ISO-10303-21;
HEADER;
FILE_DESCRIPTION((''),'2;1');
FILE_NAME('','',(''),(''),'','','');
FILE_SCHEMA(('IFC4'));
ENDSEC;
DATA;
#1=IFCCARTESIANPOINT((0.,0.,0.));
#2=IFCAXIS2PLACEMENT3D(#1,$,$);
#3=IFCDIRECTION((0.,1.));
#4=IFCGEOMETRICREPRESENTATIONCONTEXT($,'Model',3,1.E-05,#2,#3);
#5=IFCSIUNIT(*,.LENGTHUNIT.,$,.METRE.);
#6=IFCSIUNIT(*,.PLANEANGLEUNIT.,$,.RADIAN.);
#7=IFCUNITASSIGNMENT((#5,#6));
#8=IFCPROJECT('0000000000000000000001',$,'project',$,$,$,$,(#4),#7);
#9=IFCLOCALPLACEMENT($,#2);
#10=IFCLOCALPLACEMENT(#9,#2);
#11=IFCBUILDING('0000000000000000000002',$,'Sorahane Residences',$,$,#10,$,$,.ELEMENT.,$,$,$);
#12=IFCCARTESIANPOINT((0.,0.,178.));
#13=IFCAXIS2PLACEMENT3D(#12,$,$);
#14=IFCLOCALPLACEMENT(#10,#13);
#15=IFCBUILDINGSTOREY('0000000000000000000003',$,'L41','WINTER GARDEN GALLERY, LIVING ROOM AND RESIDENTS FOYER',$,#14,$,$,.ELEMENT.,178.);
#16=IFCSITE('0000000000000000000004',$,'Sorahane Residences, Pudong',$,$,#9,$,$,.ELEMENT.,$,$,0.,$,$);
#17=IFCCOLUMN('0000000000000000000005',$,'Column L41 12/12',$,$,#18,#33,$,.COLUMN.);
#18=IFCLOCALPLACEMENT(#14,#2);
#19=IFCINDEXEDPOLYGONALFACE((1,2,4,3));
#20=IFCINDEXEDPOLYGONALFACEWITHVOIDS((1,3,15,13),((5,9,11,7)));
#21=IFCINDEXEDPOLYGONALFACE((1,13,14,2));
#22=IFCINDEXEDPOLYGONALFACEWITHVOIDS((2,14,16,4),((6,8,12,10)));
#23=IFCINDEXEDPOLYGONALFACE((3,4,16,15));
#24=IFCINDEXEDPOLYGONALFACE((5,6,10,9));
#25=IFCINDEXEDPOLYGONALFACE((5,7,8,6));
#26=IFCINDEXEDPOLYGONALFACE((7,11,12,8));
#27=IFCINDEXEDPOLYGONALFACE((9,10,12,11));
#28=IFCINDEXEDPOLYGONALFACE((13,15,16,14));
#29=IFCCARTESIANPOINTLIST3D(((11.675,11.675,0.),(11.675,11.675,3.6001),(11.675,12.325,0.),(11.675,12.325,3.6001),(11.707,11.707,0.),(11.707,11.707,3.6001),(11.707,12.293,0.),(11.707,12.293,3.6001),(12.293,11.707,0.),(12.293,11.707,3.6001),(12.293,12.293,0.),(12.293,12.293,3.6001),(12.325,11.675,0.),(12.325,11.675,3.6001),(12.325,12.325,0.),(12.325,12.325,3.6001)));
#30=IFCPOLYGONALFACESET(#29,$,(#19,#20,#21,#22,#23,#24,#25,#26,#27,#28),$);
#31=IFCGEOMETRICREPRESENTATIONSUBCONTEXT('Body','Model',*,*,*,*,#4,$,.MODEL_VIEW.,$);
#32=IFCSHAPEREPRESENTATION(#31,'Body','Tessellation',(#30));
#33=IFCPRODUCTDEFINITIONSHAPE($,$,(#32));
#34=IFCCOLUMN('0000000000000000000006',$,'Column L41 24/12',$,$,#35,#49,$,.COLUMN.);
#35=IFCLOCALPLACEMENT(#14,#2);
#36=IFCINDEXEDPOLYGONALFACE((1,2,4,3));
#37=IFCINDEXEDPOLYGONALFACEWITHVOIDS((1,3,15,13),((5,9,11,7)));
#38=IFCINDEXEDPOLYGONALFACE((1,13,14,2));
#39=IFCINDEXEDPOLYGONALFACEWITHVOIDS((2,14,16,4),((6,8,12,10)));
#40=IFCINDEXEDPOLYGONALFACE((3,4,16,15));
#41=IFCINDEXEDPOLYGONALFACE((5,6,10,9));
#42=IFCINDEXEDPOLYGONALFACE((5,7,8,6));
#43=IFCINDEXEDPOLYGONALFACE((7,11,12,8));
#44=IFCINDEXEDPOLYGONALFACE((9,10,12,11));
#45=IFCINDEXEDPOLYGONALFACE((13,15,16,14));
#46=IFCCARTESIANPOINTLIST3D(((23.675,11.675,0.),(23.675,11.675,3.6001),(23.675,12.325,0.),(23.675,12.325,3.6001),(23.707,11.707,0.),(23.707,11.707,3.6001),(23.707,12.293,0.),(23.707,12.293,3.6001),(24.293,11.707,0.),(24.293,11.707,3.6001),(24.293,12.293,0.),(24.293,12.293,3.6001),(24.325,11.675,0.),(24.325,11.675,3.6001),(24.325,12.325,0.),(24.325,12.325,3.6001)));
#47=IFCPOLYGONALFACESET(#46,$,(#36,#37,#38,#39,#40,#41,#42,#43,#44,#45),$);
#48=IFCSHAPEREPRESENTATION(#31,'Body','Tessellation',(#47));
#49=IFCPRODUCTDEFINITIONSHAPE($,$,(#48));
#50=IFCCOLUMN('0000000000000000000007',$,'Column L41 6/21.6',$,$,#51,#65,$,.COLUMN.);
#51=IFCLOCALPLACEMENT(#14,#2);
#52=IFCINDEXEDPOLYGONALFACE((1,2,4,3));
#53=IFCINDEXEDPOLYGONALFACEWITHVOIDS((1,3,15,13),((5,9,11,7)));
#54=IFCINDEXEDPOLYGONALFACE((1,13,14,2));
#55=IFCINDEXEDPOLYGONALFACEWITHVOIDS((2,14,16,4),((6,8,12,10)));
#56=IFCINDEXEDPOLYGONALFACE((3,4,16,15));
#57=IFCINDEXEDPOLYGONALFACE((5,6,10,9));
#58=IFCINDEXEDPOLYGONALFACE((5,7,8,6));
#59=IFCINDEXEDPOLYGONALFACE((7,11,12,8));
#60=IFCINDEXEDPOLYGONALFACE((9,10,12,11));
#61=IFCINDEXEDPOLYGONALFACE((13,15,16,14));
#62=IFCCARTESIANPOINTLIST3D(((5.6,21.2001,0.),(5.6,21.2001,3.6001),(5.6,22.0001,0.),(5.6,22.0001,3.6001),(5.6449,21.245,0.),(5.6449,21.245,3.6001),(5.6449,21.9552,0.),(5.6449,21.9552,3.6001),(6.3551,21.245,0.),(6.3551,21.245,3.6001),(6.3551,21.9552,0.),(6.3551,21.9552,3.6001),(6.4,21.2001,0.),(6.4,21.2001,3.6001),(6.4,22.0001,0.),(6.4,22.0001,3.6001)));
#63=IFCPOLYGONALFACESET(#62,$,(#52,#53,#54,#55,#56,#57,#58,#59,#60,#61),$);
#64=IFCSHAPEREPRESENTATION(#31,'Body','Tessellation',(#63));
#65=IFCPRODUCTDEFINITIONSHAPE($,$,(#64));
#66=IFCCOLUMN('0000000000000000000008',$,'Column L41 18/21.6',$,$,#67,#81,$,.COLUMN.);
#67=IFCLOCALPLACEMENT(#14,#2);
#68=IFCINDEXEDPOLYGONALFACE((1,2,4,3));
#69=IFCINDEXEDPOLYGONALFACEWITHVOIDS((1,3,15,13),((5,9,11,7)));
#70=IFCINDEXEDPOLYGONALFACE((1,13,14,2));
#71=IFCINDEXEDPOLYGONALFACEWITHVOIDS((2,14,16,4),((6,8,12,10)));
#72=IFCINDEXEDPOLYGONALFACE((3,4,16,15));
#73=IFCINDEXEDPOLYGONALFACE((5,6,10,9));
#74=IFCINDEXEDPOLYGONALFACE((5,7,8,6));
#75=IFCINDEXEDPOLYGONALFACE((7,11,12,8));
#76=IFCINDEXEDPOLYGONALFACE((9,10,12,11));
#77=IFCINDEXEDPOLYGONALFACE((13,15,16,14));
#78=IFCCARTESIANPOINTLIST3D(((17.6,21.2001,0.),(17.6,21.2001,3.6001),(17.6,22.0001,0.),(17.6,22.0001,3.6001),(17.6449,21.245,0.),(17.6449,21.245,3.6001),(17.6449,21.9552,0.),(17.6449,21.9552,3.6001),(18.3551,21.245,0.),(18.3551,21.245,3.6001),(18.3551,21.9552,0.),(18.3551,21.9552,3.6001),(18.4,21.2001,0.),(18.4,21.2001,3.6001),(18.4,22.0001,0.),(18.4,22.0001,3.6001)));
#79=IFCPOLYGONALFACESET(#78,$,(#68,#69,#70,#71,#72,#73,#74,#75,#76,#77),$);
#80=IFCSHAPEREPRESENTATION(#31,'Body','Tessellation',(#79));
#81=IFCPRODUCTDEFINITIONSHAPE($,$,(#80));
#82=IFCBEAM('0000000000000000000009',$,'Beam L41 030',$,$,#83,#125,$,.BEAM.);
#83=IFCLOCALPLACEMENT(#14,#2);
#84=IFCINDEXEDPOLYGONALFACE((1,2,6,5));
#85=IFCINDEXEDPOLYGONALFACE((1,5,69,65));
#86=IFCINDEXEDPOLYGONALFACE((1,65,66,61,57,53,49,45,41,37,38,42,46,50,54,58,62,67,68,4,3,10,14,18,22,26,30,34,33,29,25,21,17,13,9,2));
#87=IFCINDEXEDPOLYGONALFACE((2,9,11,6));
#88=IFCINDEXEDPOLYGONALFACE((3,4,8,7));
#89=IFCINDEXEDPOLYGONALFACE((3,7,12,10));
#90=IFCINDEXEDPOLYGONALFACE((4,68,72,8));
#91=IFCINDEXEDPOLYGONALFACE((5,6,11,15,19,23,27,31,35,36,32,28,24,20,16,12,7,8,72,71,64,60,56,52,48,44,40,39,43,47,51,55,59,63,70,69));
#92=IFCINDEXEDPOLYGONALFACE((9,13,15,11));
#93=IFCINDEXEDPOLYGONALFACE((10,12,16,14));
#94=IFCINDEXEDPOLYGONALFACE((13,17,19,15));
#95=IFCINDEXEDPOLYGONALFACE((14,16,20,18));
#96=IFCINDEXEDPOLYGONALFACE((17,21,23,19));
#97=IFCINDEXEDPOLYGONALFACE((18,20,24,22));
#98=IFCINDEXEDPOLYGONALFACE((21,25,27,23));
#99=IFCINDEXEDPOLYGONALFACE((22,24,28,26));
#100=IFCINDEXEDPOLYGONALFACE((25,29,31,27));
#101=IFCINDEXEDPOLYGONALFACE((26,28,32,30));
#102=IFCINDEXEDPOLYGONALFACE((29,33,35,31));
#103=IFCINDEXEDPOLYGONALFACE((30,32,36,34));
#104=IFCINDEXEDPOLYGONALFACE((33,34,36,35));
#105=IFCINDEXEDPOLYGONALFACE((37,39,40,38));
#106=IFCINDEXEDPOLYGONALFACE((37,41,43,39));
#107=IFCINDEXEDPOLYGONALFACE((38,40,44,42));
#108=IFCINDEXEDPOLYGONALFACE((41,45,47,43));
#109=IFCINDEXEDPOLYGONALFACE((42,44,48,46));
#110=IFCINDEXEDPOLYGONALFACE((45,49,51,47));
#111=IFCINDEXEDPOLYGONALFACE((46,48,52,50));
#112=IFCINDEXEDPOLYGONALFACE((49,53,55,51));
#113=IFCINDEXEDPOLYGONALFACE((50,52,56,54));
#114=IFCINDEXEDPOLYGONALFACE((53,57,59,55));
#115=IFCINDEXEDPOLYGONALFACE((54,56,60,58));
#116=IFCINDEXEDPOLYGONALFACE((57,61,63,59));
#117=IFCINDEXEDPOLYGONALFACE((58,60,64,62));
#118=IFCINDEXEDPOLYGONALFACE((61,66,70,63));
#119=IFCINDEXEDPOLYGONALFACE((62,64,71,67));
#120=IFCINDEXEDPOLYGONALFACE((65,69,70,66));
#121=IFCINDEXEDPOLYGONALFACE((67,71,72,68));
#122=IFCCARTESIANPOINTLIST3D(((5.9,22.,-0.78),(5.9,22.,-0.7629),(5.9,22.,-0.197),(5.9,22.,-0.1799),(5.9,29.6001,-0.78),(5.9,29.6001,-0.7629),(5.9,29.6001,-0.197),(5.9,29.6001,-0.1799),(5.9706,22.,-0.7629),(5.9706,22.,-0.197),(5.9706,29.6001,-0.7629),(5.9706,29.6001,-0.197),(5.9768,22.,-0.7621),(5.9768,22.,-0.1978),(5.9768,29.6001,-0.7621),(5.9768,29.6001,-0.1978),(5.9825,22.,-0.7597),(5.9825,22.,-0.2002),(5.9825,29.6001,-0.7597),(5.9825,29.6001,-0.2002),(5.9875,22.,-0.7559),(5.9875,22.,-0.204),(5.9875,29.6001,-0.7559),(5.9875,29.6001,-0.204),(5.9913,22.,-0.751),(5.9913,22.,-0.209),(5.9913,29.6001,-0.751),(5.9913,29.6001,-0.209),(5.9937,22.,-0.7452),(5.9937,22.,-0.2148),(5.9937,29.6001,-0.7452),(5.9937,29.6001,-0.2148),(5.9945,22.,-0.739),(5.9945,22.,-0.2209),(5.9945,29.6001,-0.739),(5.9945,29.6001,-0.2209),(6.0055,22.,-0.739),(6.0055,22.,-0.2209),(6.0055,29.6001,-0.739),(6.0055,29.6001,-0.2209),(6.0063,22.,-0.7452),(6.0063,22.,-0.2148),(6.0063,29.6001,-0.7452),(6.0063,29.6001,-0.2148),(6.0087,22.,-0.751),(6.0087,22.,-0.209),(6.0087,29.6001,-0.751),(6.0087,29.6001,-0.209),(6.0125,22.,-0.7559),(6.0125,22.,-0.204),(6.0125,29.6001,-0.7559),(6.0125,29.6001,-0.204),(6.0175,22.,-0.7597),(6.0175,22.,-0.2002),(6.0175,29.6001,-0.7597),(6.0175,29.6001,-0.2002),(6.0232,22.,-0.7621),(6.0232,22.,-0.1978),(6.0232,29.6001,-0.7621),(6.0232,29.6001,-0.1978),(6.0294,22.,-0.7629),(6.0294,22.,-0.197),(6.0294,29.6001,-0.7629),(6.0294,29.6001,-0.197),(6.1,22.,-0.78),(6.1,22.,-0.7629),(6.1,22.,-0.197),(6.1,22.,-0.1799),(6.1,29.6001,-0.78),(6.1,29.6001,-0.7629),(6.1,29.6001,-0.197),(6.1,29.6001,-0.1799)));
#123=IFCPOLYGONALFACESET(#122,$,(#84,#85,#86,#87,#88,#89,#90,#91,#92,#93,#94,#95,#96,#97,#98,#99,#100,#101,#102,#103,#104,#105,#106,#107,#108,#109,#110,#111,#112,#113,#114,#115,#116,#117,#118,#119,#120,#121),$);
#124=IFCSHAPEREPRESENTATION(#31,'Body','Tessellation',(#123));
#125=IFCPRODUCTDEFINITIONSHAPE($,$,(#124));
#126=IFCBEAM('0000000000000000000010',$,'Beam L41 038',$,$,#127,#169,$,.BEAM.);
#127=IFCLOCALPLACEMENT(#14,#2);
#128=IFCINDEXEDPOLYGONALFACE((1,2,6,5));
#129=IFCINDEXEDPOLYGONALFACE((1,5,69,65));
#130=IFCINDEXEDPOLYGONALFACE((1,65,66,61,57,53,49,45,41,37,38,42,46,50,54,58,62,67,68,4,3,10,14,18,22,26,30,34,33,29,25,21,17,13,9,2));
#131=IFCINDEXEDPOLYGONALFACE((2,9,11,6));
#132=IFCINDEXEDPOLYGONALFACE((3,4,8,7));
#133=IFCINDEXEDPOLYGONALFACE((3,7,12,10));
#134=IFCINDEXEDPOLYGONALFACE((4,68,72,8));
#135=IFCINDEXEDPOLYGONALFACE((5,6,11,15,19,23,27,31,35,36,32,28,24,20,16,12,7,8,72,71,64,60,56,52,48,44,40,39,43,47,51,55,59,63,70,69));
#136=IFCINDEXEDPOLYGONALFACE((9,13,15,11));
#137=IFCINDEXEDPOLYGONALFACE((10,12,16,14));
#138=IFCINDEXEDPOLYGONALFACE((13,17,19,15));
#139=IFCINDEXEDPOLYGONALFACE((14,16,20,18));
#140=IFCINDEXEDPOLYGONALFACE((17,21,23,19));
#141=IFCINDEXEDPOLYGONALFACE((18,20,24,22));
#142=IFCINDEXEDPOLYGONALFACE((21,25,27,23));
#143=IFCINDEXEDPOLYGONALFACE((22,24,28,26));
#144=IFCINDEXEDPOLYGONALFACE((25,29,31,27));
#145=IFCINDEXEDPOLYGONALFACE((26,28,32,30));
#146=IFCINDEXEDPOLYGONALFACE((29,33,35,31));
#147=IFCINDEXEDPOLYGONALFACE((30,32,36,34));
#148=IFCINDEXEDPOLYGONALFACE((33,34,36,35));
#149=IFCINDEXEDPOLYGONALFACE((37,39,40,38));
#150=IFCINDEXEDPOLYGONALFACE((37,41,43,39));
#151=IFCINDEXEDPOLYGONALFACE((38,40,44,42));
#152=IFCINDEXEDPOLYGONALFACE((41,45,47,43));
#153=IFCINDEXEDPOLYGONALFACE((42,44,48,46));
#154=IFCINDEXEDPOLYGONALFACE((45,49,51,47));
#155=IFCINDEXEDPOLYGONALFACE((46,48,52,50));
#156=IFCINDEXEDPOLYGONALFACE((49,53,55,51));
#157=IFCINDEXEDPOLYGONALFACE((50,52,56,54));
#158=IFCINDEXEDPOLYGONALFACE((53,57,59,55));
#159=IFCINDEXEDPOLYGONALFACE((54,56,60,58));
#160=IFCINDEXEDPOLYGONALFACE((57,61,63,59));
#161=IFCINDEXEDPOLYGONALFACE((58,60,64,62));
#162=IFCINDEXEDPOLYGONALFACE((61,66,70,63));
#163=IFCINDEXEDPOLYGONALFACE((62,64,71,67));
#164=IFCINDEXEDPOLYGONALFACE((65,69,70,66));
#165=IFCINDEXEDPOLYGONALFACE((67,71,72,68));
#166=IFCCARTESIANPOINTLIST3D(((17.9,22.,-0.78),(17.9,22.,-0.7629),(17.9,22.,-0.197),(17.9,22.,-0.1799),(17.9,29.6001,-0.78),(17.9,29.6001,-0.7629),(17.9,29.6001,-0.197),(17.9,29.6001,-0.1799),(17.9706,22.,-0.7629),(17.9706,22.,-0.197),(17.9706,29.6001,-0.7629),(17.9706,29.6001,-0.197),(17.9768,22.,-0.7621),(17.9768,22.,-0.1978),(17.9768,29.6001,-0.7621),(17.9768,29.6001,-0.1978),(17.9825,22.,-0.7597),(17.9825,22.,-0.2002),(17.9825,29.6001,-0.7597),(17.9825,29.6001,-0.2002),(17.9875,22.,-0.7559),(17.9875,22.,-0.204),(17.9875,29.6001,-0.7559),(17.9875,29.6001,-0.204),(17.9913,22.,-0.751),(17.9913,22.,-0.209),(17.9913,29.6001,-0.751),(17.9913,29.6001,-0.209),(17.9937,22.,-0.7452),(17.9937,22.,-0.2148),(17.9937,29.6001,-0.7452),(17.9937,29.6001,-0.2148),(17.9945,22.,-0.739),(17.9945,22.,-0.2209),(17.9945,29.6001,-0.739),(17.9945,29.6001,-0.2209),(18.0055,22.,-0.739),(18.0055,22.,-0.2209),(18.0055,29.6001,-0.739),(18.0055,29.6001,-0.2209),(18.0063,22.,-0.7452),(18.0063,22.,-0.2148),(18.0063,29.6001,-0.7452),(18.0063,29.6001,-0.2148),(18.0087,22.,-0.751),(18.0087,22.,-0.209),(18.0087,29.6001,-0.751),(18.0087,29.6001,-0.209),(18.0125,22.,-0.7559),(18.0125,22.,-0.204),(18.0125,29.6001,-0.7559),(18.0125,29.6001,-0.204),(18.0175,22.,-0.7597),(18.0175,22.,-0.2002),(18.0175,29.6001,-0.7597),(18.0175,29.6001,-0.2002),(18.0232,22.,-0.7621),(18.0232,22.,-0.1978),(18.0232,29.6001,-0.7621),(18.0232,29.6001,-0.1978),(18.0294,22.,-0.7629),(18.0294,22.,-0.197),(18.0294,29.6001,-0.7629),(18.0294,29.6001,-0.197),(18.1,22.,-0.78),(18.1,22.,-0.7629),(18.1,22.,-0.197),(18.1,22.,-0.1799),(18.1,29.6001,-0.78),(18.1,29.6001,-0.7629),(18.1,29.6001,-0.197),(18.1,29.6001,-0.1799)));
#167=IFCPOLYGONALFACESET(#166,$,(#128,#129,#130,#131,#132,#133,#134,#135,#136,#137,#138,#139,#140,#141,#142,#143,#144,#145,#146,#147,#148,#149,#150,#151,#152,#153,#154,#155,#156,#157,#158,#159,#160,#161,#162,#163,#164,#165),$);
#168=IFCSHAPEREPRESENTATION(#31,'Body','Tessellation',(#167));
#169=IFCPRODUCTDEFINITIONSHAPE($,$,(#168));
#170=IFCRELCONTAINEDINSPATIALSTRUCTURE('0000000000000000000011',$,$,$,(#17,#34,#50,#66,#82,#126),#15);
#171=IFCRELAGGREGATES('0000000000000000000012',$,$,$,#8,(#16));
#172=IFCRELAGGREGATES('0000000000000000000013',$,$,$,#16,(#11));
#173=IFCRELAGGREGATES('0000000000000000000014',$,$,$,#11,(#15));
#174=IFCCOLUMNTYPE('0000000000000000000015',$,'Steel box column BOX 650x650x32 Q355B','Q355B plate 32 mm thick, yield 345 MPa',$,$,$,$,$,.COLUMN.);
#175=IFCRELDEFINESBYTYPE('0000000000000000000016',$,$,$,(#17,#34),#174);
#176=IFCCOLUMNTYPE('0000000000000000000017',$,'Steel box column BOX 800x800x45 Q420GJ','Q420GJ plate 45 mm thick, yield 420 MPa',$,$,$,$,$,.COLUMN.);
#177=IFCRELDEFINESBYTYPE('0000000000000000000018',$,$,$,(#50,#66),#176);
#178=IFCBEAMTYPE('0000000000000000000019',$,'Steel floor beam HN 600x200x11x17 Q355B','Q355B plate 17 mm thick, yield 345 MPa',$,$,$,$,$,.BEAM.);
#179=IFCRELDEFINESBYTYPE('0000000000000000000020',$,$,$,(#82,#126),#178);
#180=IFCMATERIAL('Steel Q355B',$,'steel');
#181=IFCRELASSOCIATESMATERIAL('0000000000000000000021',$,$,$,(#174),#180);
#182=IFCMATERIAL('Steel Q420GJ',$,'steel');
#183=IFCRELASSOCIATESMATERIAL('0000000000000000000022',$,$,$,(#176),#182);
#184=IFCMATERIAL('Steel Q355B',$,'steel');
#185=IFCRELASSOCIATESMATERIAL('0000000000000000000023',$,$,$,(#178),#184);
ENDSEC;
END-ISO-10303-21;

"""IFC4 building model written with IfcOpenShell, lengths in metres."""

from ifc_helpers import new_model, si_unit, direction, frame, origin, origin_2d, place, context, subcontext, project, spatial, hollow_rectangle, i_section, extrude, material, material_profile, profile_set, type_object, element, save


model = new_model("IFC4")

# Units and contexts
model_context = context("Model", 3, precision=1e-05, world=origin(), true_north=direction((0.0, 1.0)))
body_context = subcontext(model_context, "Body", "Model", "MODEL_VIEW")
ifc_project = project(units=[si_unit("LENGTHUNIT", "METRE"), si_unit("PLANEANGLEUNIT", "RADIAN")], contexts=[model_context])

# Site, building, storey
site_placement = place(None, origin())
site = spatial("IfcSite", under=ifc_project, at=site_placement, Name="Sorahane Residences, Pudong", CompositionType="ELEMENT", RefElevation=0.0)
building_placement = place(site_placement, origin())
building = spatial("IfcBuilding", under=site, at=building_placement, Name="Sorahane Residences", CompositionType="ELEMENT")
storey_placement = place(building_placement, frame((0.0, 0.0, 178.0)))
storey = spatial("IfcBuildingStorey", under=building, at=storey_placement, Name="L41", Description="WINTER GARDEN GALLERY, LIVING ROOM AND RESIDENTS FOYER", CompositionType="ELEMENT", Elevation=178.0)

# Columns
ifc_material_1 = material(Name="Steel Q355B", Category="steel")
ifc_material_profile_1 = material_profile(ifc_material_1, hollow_rectangle(XDim=0.6499, YDim=0.6499, WallThickness=0.032, at=origin_2d()), Name="BOX 650x650x32")
ifc_profile_set_1 = profile_set([ifc_material_profile_1], Name="Steel Q355B")
column_type_1 = type_object("IfcColumnType", Name="Steel box column BOX 650x650x32 Q355B", Description="Q355B plate 32 mm thick, yield 345 MPa", PredefinedType="COLUMN", material=ifc_profile_set_1)
for number, where, z_axis, x_axis, name in (
    (1, (12.0, 12.0, 0.0), (0.0, 0.0, 1.0), (1.0, 0.0, 0.0), "Column L41 12/12"),
    (2, (24.0, 12.0, 0.0), (0.0, 0.0, 1.0), (1.0, 0.0, 0.0), "Column L41 24/12"),
):
    element("IfcColumn", number, at=place(storey_placement, frame(where, z_axis=z_axis, x_axis=x_axis)), inside=storey, type_object=column_type_1, Name=name, PredefinedType="COLUMN", context=body_context, shape_type="SweptSolid", body=[
        extrude(hollow_rectangle(XDim=0.6499, YDim=0.6499, WallThickness=0.032, at=origin_2d()), origin(), (0.0, 0.0, 1.0), 3.6001),
    ])
ifc_material_2 = material(Name="Steel Q420GJ", Category="steel")
ifc_material_profile_2 = material_profile(ifc_material_2, hollow_rectangle(XDim=0.8, YDim=0.8, WallThickness=0.0449, at=origin_2d()), Name="BOX 800x800x45")
ifc_profile_set_2 = profile_set([ifc_material_profile_2], Name="Steel Q420GJ")
column_type_2 = type_object("IfcColumnType", Name="Steel box column BOX 800x800x45 Q420GJ", Description="Q420GJ plate 45 mm thick, yield 420 MPa", PredefinedType="COLUMN", material=ifc_profile_set_2)
for number, where, z_axis, x_axis, name in (
    (3, (6.0, 21.6001, 0.0), (0.0, 0.0, 1.0), (1.0, 0.0, 0.0), "Column L41 6/21.6"),
    (4, (18.0, 21.6001, 0.0), (0.0, 0.0, 1.0), (1.0, 0.0, 0.0), "Column L41 18/21.6"),
):
    element("IfcColumn", number, at=place(storey_placement, frame(where, z_axis=z_axis, x_axis=x_axis)), inside=storey, type_object=column_type_2, Name=name, PredefinedType="COLUMN", context=body_context, shape_type="SweptSolid", body=[
        extrude(hollow_rectangle(XDim=0.8, YDim=0.8, WallThickness=0.0449, at=origin_2d()), origin(), (0.0, 0.0, 1.0), 3.6001),
    ])

# Beams
ifc_material_3 = material(Name="Steel Q355B", Category="steel")
ifc_material_profile_3 = material_profile(ifc_material_3, i_section(OverallWidth=0.2, OverallDepth=0.6001, WebThickness=0.011, FlangeThickness=0.0171, FilletRadius=0.0239, at=origin_2d()), Name="HN 600x200x11x17")
ifc_profile_set_3 = profile_set([ifc_material_profile_3], Name="Steel Q355B")
beam_type_1 = type_object("IfcBeamType", Name="Steel floor beam HN 600x200x11x17 Q355B", Description="Q355B plate 17 mm thick, yield 345 MPa", PredefinedType="BEAM", material=ifc_profile_set_3)
for number, where, z_axis, x_axis, name in (
    (5, (6.0, 22.0, -0.48), (0.0, 1.0, 0.0), (-1.0, 0.0, 0.0), "Beam L41 030"),
    (6, (18.0, 22.0, -0.48), (0.0, 1.0, 0.0), (-1.0, 0.0, 0.0), "Beam L41 038"),
):
    element("IfcBeam", number, at=place(storey_placement, frame(where, z_axis=z_axis, x_axis=x_axis)), inside=storey, type_object=beam_type_1, Name=name, PredefinedType="BEAM", context=body_context, shape_type="SweptSolid", body=[
        extrude(i_section(OverallWidth=0.2, OverallDepth=0.6001, WebThickness=0.011, FlangeThickness=0.0171, FilletRadius=0.0239, at=origin_2d()), origin(), (0.0, 0.0, 1.0), 7.6001),
    ])

save(model, "model.ifc")
